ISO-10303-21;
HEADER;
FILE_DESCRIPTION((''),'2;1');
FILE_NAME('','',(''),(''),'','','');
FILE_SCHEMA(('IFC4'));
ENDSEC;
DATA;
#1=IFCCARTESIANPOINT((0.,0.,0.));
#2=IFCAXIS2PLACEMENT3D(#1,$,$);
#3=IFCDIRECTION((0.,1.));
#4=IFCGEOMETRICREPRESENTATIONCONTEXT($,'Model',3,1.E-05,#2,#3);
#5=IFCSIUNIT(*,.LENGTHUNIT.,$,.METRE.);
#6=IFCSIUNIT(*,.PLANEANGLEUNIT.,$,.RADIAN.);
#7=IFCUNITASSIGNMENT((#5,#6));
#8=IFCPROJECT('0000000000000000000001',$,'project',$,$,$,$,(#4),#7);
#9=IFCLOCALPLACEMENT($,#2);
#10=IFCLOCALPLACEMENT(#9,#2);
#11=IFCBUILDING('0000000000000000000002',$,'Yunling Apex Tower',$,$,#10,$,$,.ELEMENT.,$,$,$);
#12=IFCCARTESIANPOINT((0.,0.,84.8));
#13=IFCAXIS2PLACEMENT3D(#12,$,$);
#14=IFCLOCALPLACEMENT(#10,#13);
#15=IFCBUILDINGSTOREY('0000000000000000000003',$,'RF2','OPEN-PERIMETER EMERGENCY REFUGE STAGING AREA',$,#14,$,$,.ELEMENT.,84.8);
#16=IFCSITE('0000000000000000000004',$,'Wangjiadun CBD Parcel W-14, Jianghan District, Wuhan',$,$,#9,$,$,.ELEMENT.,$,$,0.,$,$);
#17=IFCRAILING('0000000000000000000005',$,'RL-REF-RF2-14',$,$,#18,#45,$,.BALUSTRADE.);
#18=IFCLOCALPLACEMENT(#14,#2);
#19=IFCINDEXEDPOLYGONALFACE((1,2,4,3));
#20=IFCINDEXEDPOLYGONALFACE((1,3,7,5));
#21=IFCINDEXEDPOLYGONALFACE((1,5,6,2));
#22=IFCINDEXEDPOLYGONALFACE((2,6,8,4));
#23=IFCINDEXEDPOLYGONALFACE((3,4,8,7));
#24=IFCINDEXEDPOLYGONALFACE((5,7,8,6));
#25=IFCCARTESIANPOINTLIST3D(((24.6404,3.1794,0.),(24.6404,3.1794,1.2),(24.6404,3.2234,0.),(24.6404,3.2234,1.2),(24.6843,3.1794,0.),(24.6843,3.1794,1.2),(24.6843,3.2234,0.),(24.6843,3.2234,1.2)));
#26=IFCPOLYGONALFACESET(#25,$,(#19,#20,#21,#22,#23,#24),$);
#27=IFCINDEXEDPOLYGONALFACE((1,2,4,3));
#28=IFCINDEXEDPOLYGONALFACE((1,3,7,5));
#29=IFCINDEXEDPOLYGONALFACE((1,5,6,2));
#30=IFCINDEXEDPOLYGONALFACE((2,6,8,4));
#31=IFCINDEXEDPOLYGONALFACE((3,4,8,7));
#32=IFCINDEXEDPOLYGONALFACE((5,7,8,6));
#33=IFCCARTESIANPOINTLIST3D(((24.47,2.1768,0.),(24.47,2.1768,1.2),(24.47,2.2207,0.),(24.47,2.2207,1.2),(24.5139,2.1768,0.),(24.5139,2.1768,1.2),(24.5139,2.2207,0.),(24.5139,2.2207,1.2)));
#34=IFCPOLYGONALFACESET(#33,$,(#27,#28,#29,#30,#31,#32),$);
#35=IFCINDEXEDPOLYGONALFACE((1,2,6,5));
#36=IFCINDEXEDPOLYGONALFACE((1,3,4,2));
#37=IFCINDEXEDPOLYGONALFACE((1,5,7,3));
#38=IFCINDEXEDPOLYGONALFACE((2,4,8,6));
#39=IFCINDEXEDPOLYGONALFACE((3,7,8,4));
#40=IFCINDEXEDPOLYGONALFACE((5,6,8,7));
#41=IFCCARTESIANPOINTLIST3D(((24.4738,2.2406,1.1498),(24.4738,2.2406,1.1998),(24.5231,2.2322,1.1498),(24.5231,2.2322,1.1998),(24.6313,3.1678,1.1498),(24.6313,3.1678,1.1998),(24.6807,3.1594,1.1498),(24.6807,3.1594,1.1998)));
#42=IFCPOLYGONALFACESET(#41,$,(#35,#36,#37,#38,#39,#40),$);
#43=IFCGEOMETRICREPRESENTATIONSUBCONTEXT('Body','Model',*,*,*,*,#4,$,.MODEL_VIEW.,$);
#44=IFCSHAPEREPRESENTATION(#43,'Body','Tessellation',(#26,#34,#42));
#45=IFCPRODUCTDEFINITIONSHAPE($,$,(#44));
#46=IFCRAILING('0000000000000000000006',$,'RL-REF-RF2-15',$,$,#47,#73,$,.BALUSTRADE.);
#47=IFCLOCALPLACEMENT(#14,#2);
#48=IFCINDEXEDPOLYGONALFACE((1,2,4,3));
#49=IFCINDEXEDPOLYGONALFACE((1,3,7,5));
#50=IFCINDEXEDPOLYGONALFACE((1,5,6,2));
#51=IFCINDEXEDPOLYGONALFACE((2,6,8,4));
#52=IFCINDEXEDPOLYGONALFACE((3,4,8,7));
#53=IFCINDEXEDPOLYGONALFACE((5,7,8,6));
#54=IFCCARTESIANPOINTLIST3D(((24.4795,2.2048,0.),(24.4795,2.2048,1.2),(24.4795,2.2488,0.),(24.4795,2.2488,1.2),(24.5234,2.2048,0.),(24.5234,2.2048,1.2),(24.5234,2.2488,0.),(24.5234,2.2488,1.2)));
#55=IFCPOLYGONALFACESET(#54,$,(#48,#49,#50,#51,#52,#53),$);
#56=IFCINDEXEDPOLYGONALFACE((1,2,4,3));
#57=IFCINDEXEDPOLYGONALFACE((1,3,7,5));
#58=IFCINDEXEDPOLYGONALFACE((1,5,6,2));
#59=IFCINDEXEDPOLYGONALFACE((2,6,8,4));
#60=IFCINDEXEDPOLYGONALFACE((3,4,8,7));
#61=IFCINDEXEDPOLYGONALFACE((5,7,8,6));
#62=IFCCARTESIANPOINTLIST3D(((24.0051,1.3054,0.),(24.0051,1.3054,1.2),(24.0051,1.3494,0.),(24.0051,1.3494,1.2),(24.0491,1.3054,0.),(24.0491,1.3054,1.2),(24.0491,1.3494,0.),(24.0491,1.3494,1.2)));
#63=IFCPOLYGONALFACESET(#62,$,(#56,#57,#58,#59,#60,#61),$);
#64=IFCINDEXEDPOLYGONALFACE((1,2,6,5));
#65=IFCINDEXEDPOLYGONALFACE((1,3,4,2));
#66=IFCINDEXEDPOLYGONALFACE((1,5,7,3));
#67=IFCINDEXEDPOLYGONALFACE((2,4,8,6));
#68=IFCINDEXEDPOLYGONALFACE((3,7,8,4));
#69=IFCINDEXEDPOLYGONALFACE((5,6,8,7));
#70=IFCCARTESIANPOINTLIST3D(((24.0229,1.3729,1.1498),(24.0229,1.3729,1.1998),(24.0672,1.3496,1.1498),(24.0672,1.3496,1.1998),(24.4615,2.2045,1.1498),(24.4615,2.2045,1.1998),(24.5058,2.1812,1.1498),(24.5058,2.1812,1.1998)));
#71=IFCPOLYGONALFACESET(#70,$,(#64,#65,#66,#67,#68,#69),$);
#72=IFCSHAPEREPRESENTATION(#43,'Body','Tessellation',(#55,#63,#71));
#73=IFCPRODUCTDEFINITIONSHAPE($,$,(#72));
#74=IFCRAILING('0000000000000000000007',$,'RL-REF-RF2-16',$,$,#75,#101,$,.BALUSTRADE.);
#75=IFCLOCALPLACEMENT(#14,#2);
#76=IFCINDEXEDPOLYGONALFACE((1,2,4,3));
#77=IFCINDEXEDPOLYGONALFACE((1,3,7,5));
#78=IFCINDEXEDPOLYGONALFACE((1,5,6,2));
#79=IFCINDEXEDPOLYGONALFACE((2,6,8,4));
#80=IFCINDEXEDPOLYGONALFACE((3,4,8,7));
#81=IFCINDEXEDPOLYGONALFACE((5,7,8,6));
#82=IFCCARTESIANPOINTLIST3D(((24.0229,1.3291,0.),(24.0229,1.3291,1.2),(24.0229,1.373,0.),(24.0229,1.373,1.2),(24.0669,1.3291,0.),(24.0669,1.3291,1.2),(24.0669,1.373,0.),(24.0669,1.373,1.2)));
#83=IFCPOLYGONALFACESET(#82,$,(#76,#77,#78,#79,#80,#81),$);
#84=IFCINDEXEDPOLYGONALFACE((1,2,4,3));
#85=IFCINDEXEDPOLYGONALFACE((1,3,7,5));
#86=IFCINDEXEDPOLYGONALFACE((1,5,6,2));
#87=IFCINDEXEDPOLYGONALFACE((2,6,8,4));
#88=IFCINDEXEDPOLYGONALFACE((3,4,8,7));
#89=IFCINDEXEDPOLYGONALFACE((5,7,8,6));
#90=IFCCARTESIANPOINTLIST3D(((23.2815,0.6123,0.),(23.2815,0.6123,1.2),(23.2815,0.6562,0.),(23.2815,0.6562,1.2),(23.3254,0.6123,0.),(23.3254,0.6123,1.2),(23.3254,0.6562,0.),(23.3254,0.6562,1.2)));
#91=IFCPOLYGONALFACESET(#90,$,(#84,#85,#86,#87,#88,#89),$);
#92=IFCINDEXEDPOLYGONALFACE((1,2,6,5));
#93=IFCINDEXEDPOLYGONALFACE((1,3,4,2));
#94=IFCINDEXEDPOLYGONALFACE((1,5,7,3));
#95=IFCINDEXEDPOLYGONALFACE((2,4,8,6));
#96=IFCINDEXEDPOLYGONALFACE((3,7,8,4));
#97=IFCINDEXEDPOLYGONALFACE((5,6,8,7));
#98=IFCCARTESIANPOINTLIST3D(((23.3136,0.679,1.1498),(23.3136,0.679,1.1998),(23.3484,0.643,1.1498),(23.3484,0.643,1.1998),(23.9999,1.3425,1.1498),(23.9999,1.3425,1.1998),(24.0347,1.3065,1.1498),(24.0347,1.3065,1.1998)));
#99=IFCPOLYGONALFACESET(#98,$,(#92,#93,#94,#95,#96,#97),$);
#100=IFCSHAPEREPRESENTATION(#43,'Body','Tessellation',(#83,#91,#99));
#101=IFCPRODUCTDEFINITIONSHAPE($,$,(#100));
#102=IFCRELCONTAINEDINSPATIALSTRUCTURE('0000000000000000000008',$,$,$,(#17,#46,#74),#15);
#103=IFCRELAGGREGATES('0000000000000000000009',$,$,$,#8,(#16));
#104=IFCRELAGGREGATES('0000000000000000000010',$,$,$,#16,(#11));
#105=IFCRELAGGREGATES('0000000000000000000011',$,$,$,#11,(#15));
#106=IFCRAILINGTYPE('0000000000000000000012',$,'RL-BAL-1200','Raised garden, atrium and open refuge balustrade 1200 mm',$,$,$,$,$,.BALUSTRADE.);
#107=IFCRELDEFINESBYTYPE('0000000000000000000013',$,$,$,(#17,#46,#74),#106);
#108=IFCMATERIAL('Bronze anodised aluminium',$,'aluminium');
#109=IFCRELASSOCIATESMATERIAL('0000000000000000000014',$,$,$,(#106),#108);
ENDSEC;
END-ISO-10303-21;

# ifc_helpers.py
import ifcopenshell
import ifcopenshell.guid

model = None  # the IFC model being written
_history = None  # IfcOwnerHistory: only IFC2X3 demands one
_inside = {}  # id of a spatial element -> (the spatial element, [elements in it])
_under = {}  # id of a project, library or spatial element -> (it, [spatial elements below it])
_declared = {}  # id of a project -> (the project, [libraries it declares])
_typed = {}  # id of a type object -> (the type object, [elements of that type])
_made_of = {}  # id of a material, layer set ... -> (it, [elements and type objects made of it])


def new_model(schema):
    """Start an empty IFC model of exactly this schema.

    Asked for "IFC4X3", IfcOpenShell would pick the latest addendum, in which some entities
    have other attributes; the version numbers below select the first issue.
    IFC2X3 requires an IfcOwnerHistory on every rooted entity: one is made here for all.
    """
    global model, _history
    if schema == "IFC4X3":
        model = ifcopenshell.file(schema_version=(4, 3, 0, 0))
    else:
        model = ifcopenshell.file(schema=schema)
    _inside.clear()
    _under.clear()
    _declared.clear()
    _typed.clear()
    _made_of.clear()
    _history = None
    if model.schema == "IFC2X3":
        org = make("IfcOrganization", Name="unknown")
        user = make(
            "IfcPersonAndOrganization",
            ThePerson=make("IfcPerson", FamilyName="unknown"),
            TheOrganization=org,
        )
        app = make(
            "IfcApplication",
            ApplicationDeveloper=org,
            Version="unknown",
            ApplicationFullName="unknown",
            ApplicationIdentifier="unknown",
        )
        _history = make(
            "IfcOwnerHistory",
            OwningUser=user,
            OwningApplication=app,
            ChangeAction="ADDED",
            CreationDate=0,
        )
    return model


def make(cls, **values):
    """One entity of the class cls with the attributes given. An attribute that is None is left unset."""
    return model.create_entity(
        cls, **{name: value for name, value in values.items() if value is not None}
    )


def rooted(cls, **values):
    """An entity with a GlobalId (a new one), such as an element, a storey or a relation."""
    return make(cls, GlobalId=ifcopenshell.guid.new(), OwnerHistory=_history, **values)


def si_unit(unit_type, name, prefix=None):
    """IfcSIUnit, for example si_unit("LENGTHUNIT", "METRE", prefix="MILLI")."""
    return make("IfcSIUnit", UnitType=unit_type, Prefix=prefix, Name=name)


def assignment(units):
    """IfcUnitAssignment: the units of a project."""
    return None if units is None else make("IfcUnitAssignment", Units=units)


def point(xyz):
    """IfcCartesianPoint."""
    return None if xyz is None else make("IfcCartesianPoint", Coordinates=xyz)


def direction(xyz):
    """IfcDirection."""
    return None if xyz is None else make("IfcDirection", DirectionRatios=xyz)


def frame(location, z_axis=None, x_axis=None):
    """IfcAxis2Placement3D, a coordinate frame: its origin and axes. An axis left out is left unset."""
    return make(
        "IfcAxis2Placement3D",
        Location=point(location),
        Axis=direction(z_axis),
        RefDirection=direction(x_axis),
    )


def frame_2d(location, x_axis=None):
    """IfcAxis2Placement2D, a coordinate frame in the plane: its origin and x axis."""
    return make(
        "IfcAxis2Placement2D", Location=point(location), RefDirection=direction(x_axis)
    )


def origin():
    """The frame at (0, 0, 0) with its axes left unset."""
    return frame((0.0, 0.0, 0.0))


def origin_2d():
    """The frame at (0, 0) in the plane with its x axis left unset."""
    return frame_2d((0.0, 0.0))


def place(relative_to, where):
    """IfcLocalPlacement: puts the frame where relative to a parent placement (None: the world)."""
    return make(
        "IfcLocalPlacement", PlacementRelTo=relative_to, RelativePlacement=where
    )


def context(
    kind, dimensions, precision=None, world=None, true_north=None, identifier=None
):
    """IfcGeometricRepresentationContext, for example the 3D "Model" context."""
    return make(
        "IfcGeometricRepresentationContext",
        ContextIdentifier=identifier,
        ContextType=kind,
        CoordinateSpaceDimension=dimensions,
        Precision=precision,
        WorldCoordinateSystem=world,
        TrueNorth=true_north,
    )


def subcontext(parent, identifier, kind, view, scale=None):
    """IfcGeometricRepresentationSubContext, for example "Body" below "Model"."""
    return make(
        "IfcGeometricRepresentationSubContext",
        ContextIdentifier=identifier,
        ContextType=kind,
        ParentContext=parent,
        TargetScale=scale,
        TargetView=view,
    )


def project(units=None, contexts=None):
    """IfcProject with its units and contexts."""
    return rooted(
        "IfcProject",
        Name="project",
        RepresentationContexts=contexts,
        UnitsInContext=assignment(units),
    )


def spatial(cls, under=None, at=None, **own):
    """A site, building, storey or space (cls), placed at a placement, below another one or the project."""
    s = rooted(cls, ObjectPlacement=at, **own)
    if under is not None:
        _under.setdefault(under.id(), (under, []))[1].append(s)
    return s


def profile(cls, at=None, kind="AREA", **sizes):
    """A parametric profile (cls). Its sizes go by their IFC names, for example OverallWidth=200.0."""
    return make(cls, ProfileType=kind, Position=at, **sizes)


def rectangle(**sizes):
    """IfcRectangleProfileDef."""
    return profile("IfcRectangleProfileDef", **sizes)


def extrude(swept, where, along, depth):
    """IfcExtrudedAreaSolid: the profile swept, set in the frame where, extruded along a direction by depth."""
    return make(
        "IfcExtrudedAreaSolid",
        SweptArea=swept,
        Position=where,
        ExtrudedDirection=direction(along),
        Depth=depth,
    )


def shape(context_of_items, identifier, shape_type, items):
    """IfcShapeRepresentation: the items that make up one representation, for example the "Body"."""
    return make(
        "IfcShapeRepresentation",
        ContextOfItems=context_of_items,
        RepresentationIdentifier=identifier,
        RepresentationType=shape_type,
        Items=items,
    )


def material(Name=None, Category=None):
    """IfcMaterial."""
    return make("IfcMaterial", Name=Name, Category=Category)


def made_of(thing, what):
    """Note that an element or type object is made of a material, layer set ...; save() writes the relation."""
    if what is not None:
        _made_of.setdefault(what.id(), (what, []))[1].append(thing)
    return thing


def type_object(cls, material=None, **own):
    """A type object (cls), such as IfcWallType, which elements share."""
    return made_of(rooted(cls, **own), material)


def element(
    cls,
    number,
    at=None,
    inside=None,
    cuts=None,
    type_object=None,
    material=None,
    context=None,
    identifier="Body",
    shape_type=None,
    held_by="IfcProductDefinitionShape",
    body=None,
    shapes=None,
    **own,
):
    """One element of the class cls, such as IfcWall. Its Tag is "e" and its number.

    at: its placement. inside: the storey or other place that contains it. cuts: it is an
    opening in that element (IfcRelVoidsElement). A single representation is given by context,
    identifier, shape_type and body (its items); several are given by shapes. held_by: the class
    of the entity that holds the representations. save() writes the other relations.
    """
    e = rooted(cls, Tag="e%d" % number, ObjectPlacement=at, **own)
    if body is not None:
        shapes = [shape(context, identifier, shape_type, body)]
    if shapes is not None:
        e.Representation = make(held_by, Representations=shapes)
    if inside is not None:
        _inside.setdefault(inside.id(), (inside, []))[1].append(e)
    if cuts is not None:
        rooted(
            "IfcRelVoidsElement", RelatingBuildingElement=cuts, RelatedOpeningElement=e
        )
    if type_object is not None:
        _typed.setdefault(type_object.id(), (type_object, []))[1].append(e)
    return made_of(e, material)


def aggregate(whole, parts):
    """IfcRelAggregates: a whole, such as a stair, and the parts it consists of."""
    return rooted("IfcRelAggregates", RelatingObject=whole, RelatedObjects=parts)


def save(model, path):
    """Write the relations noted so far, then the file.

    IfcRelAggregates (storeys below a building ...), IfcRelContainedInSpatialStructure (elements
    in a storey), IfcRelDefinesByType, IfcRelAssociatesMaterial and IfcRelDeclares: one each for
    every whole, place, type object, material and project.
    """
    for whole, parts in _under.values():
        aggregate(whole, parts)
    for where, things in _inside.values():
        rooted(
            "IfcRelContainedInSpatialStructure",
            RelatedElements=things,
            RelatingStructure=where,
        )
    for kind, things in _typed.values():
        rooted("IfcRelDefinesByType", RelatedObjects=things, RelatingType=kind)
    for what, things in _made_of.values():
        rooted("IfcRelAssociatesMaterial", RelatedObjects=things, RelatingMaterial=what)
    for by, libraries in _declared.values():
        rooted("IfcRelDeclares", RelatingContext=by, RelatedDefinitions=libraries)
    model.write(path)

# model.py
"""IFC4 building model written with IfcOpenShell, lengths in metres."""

from ifc_helpers import new_model, si_unit, direction, frame, origin, origin_2d, place, context, subcontext, project, spatial, rectangle, extrude, material, type_object, element, save


model = new_model("IFC4")

# Units and contexts
model_context = context("Model", 3, precision=1e-05, world=origin(), true_north=direction((0.0, 1.0)))
body_context = subcontext(model_context, "Body", "Model", "MODEL_VIEW")
ifc_project = project(units=[si_unit("LENGTHUNIT", "METRE"), si_unit("PLANEANGLEUNIT", "RADIAN")], contexts=[model_context])

# Site, building, storey
site_placement = place(None, origin())
site = spatial("IfcSite", under=ifc_project, at=site_placement, Name="Wangjiadun CBD Parcel W-14, Jianghan District, Wuhan", CompositionType="ELEMENT", RefElevation=0.0)
building_placement = place(site_placement, origin())
building = spatial("IfcBuilding", under=site, at=building_placement, Name="Yunling Apex Tower", CompositionType="ELEMENT")
storey_placement = place(building_placement, frame((0.0, 0.0, 84.8)))
storey = spatial("IfcBuildingStorey", under=building, at=storey_placement, Name="RF2", Description="OPEN-PERIMETER EMERGENCY REFUGE STAGING AREA", CompositionType="ELEMENT", Elevation=84.8)

# Railings
ifc_material_1 = material(Name="Bronze anodised aluminium", Category="aluminium")
railing_type = type_object("IfcRailingType", Name="RL-BAL-1200", Description="Raised garden, atrium and open refuge balustrade 1200 mm", PredefinedType="BALUSTRADE", material=ifc_material_1)
railing_1_placement = place(storey_placement, frame((24.6624, 3.2014, 0.0)))
element("IfcRailing", 1, at=railing_1_placement, inside=storey, type_object=railing_type, Name="RL-REF-RF2-14", PredefinedType="BALUSTRADE", context=body_context, shape_type="SweptSolid", body=[
    extrude(rectangle(XDim=0.0439, YDim=0.0439, at=origin_2d()), origin(), (0.0, 0.0, 1.0), 1.2),
    extrude(rectangle(XDim=0.0439, YDim=0.0439, at=origin_2d()), frame((-0.1704, -1.0027, 0.0)), (0.0, 0.0, 1.0), 1.2),
    extrude(rectangle(XDim=0.05, YDim=0.05, at=origin_2d()), frame((-0.0063, -0.0378, 1.1748), z_axis=(-0.167551, -0.985863, 0.0), x_axis=(0.985863, -0.167551, 0.0)), (0.0, 0.0, 1.0), 0.9404),
])
railing_2_placement = place(storey_placement, frame((24.5015, 2.2268, 0.0)))
element("IfcRailing", 2, at=railing_2_placement, inside=storey, type_object=railing_type, Name="RL-REF-RF2-15", PredefinedType="BALUSTRADE", context=body_context, shape_type="SweptSolid", body=[
    extrude(rectangle(XDim=0.0439, YDim=0.0439, at=origin_2d()), origin(), (0.0, 0.0, 1.0), 1.2),
    extrude(rectangle(XDim=0.0439, YDim=0.0439, at=origin_2d()), frame((-0.4744, -0.8994, 0.0)), (0.0, 0.0, 1.0), 1.2),
    extrude(rectangle(XDim=0.05, YDim=0.05, at=origin_2d()), frame((-0.0178, -0.0339, 1.1748), z_axis=(-0.466508, -0.884517, 0.0), x_axis=(0.884517, -0.466508, 0.0)), (0.0, 0.0, 1.0), 0.9402),
])
railing_3_placement = place(storey_placement, frame((24.0449, 1.3511, 0.0)))
element("IfcRailing", 3, at=railing_3_placement, inside=storey, type_object=railing_type, Name="RL-REF-RF2-16", PredefinedType="BALUSTRADE", context=body_context, shape_type="SweptSolid", body=[
    extrude(rectangle(XDim=0.0439, YDim=0.0439, at=origin_2d()), origin(), (0.0, 0.0, 1.0), 1.2),
    extrude(rectangle(XDim=0.0439, YDim=0.0439, at=origin_2d()), frame((-0.7415, -0.7168, 0.0)), (0.0, 0.0, 1.0), 1.2),
    extrude(rectangle(XDim=0.05, YDim=0.05, at=origin_2d()), frame((-0.0276, -0.0266, 1.1748), z_axis=(-0.718961, -0.695051, 0.0), x_axis=(0.695051, -0.718961, 0.0)), (0.0, 0.0, 1.0), 0.9546),
])

save(model, "model.ifc")
